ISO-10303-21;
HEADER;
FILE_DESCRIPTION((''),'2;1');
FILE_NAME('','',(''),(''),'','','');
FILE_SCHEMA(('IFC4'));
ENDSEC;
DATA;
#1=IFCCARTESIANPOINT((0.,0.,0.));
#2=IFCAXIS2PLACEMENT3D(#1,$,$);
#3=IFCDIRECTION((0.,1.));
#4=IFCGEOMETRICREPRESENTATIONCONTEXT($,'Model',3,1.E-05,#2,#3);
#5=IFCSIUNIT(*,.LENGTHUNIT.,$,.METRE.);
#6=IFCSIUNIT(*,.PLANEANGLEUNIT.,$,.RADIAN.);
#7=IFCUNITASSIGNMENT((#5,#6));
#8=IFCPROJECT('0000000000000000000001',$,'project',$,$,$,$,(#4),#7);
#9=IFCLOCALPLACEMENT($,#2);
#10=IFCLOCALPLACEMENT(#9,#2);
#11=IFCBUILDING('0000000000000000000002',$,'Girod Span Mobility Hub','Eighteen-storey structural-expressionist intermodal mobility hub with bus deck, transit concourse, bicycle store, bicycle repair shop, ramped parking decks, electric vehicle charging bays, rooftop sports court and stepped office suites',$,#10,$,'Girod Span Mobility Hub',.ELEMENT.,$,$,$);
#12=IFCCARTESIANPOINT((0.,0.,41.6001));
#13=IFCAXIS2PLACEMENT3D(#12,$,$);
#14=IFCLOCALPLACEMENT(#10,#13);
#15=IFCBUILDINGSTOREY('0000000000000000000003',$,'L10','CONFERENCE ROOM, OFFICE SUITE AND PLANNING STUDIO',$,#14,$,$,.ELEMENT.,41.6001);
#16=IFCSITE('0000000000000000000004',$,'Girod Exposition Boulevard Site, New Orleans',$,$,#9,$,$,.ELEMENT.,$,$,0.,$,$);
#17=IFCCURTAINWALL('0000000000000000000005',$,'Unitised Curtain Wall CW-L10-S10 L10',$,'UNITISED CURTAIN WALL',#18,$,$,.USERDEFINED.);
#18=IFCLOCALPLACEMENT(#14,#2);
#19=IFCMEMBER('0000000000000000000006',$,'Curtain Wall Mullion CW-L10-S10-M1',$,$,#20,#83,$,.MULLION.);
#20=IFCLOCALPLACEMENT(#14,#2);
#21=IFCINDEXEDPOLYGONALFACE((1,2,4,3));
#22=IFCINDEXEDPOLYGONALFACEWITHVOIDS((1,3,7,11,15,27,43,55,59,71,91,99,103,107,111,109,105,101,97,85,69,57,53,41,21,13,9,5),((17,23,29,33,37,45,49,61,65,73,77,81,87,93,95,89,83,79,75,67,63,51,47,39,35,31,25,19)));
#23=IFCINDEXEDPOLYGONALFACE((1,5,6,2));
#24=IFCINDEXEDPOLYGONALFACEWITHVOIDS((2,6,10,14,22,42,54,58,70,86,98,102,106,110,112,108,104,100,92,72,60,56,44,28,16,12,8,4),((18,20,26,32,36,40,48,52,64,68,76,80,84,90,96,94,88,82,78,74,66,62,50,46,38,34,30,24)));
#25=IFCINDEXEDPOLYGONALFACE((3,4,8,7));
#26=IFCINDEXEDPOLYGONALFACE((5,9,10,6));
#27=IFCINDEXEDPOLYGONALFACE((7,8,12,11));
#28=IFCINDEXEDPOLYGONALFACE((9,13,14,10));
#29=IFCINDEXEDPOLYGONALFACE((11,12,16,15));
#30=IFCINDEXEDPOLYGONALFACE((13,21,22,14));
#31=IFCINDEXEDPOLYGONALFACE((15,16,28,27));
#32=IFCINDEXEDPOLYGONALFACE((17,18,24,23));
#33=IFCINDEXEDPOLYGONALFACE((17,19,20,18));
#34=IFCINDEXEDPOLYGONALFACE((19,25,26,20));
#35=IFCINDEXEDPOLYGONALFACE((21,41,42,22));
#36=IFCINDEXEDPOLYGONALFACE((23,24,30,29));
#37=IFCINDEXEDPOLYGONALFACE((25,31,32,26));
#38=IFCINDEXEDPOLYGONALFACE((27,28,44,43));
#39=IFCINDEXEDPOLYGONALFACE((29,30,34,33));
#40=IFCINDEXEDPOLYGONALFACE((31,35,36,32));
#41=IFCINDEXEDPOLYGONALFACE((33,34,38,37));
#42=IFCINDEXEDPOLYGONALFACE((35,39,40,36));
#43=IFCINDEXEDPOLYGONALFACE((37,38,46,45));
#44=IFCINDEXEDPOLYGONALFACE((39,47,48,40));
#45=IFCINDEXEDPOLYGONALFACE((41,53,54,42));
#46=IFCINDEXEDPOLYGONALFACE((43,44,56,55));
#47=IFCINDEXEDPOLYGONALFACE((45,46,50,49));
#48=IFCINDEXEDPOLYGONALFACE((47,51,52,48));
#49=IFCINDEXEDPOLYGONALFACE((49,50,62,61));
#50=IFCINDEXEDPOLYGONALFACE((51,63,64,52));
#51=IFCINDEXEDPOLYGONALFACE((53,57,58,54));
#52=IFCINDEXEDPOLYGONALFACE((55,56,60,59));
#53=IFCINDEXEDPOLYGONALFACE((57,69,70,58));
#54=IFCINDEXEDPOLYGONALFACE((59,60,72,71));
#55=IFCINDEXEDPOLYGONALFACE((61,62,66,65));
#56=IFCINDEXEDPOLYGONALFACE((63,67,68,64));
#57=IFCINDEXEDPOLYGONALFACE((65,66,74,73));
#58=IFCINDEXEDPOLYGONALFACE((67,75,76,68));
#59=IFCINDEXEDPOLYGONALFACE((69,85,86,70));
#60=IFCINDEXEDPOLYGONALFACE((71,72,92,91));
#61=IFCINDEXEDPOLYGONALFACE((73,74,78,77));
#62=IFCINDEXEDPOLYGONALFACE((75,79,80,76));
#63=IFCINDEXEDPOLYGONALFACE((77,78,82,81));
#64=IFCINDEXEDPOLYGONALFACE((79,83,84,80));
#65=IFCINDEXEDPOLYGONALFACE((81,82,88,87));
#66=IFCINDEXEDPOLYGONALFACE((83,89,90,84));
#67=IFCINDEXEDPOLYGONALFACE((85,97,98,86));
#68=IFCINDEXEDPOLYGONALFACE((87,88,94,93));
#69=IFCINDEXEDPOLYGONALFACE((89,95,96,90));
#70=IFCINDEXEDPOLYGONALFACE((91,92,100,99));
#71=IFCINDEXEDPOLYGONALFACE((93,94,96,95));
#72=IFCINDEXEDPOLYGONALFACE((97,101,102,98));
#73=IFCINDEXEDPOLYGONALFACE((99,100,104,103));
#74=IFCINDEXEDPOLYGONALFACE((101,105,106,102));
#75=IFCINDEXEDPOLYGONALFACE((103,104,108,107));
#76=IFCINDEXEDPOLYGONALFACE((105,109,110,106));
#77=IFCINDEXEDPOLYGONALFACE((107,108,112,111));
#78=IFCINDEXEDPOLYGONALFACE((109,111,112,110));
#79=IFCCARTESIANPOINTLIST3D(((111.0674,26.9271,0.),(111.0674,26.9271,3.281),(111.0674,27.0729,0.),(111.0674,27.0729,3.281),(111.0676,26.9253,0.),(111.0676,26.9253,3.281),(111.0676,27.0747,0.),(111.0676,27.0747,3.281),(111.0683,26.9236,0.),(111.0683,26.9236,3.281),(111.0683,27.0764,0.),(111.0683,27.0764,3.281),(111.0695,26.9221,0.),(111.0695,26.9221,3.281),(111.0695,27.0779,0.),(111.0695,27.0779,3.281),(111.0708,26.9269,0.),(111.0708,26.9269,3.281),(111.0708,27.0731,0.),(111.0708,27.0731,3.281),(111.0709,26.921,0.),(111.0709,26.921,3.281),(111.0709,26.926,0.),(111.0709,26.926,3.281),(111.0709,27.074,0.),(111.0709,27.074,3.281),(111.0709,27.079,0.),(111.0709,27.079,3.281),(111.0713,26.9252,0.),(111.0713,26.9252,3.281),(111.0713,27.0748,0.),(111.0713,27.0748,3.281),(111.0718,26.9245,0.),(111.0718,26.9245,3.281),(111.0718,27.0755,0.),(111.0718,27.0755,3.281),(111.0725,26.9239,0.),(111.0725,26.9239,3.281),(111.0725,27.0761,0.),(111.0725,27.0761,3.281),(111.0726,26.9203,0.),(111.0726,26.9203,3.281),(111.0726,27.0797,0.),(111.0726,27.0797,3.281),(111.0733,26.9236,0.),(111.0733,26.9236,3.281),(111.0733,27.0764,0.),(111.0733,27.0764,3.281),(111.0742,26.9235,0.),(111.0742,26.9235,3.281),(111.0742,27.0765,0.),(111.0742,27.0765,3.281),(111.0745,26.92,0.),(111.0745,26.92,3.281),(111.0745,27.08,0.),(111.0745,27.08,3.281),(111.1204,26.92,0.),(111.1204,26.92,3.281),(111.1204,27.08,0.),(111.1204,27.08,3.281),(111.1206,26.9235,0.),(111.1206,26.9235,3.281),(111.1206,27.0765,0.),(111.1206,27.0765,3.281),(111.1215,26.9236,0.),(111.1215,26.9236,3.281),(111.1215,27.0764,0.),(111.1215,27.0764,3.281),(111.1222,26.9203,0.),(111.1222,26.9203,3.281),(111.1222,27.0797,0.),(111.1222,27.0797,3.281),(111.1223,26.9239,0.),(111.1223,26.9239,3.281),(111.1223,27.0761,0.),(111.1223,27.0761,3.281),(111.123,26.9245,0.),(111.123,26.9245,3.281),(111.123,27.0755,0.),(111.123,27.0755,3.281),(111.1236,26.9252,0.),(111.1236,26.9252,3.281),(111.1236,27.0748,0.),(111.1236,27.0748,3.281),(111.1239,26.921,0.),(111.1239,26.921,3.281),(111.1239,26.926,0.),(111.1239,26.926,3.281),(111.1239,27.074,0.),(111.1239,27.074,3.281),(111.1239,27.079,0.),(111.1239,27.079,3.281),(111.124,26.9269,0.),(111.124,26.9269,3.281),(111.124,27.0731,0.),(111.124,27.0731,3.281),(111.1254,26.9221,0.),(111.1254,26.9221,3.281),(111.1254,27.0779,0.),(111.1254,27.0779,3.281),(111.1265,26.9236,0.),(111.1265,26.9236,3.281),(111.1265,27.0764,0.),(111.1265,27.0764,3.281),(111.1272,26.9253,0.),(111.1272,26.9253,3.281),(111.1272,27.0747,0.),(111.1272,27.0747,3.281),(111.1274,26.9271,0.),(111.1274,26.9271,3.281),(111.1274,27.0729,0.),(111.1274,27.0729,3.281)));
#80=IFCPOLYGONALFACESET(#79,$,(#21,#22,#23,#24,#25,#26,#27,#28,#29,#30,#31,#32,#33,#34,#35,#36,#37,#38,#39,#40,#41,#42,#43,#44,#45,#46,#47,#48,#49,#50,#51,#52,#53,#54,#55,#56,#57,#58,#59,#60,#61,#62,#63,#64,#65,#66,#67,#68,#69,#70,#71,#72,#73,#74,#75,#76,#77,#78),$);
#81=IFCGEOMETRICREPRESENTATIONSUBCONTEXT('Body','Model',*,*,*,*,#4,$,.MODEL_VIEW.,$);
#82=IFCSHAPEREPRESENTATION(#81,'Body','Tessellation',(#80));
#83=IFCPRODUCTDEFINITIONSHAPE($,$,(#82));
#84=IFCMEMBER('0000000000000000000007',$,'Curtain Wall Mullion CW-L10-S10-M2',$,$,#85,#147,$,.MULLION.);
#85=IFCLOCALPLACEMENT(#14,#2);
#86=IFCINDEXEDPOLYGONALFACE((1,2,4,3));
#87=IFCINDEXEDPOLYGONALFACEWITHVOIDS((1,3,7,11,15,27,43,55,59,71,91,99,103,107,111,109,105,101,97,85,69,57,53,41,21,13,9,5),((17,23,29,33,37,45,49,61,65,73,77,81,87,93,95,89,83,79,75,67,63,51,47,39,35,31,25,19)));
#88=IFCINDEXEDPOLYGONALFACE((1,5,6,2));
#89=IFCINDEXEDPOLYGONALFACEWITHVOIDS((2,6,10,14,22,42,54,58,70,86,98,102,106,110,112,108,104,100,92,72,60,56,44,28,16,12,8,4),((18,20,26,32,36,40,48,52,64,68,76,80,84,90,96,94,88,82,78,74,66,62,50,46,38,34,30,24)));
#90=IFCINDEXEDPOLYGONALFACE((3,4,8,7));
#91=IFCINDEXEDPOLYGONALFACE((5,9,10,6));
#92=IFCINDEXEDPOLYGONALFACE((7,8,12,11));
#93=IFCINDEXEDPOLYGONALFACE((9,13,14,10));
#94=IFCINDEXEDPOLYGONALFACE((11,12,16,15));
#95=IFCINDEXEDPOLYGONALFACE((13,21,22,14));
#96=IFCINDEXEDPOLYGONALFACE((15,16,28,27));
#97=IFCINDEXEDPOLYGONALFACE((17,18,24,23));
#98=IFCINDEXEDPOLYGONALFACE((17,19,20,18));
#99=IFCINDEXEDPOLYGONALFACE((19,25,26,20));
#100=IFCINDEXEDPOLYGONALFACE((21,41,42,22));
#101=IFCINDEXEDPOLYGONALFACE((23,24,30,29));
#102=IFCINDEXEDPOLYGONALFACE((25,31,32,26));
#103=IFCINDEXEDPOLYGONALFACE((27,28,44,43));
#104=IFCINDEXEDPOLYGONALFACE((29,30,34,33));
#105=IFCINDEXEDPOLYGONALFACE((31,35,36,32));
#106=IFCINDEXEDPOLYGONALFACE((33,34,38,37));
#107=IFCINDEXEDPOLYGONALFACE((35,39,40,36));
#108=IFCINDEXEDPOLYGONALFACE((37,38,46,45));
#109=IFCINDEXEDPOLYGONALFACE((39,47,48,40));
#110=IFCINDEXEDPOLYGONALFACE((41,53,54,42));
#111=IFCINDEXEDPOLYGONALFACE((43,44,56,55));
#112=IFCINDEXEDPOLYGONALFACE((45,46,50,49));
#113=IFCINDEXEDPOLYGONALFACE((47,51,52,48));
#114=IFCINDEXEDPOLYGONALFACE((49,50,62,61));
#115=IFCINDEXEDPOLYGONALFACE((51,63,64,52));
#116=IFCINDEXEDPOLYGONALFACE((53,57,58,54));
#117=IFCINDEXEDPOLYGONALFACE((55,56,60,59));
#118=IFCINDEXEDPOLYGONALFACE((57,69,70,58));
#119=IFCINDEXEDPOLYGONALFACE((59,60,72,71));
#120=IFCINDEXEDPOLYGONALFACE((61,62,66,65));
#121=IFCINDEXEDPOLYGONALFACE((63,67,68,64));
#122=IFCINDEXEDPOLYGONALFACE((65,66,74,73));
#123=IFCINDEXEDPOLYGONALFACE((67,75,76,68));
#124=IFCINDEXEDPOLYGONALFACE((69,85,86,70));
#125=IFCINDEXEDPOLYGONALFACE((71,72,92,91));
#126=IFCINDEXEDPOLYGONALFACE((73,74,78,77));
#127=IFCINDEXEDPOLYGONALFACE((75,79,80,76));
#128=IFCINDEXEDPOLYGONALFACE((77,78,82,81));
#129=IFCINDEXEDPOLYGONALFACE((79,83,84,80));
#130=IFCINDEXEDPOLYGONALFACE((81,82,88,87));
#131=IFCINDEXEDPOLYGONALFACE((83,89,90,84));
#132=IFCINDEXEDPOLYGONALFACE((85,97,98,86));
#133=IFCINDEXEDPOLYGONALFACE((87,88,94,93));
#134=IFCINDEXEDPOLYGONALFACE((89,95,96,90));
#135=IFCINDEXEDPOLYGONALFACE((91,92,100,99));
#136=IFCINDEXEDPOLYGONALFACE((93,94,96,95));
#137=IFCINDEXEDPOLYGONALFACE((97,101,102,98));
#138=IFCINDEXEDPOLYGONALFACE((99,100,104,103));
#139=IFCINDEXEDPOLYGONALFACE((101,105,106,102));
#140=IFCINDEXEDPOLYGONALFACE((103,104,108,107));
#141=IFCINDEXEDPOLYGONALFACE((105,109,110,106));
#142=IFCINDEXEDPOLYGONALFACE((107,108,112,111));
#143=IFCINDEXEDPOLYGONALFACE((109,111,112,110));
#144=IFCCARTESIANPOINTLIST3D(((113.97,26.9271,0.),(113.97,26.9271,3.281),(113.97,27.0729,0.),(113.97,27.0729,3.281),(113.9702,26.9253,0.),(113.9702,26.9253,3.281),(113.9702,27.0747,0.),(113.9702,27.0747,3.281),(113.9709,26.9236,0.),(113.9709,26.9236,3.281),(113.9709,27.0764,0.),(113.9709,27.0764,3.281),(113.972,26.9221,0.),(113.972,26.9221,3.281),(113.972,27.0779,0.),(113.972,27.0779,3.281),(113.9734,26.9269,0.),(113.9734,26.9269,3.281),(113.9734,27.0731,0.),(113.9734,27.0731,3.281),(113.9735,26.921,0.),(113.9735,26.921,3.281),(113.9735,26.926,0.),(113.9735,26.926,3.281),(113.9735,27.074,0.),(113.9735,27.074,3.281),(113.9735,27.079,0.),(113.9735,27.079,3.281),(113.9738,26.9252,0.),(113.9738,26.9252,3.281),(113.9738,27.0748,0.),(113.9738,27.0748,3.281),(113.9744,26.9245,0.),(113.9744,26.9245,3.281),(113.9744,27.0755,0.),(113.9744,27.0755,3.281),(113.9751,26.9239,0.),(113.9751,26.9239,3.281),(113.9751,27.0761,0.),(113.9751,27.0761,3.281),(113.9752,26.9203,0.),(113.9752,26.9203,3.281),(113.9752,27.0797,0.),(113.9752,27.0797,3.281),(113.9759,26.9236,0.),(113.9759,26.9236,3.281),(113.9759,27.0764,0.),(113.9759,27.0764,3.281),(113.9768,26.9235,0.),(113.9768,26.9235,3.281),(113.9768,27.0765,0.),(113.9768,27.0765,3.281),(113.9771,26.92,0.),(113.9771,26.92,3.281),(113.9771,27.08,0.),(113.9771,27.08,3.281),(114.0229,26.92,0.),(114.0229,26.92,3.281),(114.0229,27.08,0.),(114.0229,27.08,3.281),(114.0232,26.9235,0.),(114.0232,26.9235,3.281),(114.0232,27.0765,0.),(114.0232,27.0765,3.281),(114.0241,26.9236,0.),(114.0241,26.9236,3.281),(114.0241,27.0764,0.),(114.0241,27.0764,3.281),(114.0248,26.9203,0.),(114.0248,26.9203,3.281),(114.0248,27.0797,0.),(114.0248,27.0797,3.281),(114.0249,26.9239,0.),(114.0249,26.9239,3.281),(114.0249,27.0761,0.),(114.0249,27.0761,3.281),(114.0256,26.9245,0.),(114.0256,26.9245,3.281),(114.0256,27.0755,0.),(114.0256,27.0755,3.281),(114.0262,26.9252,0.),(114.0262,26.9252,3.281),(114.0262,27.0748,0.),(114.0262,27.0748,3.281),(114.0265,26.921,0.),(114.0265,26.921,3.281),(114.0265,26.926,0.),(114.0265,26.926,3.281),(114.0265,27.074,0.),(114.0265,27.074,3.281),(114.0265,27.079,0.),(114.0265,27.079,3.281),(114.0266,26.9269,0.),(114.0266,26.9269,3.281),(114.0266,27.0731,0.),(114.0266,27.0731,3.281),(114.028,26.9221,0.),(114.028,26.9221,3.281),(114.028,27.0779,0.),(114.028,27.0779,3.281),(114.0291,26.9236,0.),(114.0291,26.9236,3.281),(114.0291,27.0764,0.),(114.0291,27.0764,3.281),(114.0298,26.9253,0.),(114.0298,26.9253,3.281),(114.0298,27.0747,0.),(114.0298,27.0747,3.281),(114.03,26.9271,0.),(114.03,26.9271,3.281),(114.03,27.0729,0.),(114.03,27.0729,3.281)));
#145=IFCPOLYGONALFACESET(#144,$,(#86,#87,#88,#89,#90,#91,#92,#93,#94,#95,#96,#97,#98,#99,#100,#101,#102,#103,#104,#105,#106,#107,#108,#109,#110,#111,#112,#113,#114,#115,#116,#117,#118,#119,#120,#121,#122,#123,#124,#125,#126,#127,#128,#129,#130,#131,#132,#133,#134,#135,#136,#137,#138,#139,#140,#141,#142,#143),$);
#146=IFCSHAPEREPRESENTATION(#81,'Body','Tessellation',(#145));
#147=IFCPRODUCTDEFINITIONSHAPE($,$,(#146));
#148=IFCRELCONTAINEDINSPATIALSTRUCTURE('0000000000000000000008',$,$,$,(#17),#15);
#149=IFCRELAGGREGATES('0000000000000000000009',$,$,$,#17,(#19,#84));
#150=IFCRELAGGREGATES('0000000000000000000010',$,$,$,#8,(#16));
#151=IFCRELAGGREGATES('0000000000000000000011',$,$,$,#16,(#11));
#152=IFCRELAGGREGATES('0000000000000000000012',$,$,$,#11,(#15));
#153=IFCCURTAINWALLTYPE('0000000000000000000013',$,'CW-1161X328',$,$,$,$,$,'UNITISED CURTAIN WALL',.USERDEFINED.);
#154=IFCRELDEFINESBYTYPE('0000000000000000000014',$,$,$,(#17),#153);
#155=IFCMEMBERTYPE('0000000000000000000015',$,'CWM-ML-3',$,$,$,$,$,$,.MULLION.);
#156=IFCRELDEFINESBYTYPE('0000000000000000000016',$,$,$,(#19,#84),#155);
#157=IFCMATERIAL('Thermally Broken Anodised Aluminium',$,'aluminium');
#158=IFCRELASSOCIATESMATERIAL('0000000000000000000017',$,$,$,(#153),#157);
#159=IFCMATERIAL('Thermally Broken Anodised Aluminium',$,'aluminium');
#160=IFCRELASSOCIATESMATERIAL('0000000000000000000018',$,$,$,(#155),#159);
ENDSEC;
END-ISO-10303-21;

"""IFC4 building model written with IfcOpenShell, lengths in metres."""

from ifc_helpers import new_model, si_unit, direction, frame, origin, origin_2d, place, context, subcontext, project, spatial, hollow_rectangle, extrude, material, material_profile, profile_set, type_object, element, aggregate, save


model = new_model("IFC4")

# Units and contexts
model_context = context("Model", 3, precision=1e-05, world=origin(), true_north=direction((0.0, 1.0)))
body_context = subcontext(model_context, "Body", "Model", "MODEL_VIEW")
ifc_project = project(units=[si_unit("LENGTHUNIT", "METRE"), si_unit("PLANEANGLEUNIT", "RADIAN")], contexts=[model_context])

# Site, building, storey
site_placement = place(None, origin())
site = spatial("IfcSite", under=ifc_project, at=site_placement, Name="Girod Exposition Boulevard Site, New Orleans", CompositionType="ELEMENT", RefElevation=0.0)
building_placement = place(site_placement, origin())
building = spatial("IfcBuilding", under=site, at=building_placement, Name="Girod Span Mobility Hub", Description="Eighteen-storey structural-expressionist intermodal mobility hub with bus deck, transit concourse, bicycle store, bicycle repair shop, ramped parking decks, electric vehicle charging bays, rooftop sports court and stepped office suites", LongName="Girod Span Mobility Hub", CompositionType="ELEMENT")
storey_placement = place(building_placement, frame((0.0, 0.0, 41.6001)))
storey = spatial("IfcBuildingStorey", under=building, at=storey_placement, Name="L10", Description="CONFERENCE ROOM, OFFICE SUITE AND PLANNING STUDIO", CompositionType="ELEMENT", Elevation=41.6001)

# Curtain wall, members
ifc_material_1 = material(Name="Thermally Broken Anodised Aluminium", Category="aluminium")
curtain_wall_type = type_object("IfcCurtainWallType", Name="CW-1161X328", ElementType="UNITISED CURTAIN WALL", PredefinedType="USERDEFINED", material=ifc_material_1)
curtain_wall_1_placement = place(storey_placement, origin())
curtain_wall_1 = element("IfcCurtainWall", 1, at=curtain_wall_1_placement, inside=storey, type_object=curtain_wall_type, Name="Unitised Curtain Wall CW-L10-S10 L10", ObjectType="UNITISED CURTAIN WALL", PredefinedType="USERDEFINED")
ifc_material_2 = material(Name="Thermally Broken Anodised Aluminium", Category="aluminium")
ifc_material_profile_1 = material_profile(ifc_material_2, hollow_rectangle(XDim=0.1599, YDim=0.0601, WallThickness=0.0034, InnerFilletRadius=0.0034, OuterFilletRadius=0.0071, at=origin_2d()), Name="CW-ML-60X160")
ifc_profile_set_1 = profile_set([ifc_material_profile_1], Name="Thermally Broken Anodised Aluminium")
member_type_1 = type_object("IfcMemberType", Name="CWM-ML-3", PredefinedType="MULLION", material=ifc_profile_set_1)
member_1_placement = place(storey_placement, frame((111.0974, 27.0, 0.0), z_axis=(0.0, 0.0, 1.0), x_axis=(0.0, 1.0, 0.0)))
member_1 = element("IfcMember", 2, at=member_1_placement, type_object=member_type_1, Name="Curtain Wall Mullion CW-L10-S10-M1", PredefinedType="MULLION", context=body_context, shape_type="SweptSolid", body=[
    extrude(hollow_rectangle(XDim=0.1599, YDim=0.0601, WallThickness=0.0034, InnerFilletRadius=0.0034, OuterFilletRadius=0.0071, at=origin_2d()), origin(), (0.0, 0.0, 1.0), 3.281),
])
member_2_placement = place(storey_placement, frame((114.0, 27.0, 0.0), z_axis=(0.0, 0.0, 1.0), x_axis=(0.0, 1.0, 0.0)))
member_2 = element("IfcMember", 3, at=member_2_placement, type_object=member_type_1, Name="Curtain Wall Mullion CW-L10-S10-M2", PredefinedType="MULLION", context=body_context, shape_type="SweptSolid", body=[
    extrude(hollow_rectangle(XDim=0.1599, YDim=0.0601, WallThickness=0.0034, InnerFilletRadius=0.0034, OuterFilletRadius=0.0071, at=origin_2d()), origin(), (0.0, 0.0, 1.0), 3.281),
])

aggregate(curtain_wall_1, [member_1, member_2])

save(model, "model.ifc")
